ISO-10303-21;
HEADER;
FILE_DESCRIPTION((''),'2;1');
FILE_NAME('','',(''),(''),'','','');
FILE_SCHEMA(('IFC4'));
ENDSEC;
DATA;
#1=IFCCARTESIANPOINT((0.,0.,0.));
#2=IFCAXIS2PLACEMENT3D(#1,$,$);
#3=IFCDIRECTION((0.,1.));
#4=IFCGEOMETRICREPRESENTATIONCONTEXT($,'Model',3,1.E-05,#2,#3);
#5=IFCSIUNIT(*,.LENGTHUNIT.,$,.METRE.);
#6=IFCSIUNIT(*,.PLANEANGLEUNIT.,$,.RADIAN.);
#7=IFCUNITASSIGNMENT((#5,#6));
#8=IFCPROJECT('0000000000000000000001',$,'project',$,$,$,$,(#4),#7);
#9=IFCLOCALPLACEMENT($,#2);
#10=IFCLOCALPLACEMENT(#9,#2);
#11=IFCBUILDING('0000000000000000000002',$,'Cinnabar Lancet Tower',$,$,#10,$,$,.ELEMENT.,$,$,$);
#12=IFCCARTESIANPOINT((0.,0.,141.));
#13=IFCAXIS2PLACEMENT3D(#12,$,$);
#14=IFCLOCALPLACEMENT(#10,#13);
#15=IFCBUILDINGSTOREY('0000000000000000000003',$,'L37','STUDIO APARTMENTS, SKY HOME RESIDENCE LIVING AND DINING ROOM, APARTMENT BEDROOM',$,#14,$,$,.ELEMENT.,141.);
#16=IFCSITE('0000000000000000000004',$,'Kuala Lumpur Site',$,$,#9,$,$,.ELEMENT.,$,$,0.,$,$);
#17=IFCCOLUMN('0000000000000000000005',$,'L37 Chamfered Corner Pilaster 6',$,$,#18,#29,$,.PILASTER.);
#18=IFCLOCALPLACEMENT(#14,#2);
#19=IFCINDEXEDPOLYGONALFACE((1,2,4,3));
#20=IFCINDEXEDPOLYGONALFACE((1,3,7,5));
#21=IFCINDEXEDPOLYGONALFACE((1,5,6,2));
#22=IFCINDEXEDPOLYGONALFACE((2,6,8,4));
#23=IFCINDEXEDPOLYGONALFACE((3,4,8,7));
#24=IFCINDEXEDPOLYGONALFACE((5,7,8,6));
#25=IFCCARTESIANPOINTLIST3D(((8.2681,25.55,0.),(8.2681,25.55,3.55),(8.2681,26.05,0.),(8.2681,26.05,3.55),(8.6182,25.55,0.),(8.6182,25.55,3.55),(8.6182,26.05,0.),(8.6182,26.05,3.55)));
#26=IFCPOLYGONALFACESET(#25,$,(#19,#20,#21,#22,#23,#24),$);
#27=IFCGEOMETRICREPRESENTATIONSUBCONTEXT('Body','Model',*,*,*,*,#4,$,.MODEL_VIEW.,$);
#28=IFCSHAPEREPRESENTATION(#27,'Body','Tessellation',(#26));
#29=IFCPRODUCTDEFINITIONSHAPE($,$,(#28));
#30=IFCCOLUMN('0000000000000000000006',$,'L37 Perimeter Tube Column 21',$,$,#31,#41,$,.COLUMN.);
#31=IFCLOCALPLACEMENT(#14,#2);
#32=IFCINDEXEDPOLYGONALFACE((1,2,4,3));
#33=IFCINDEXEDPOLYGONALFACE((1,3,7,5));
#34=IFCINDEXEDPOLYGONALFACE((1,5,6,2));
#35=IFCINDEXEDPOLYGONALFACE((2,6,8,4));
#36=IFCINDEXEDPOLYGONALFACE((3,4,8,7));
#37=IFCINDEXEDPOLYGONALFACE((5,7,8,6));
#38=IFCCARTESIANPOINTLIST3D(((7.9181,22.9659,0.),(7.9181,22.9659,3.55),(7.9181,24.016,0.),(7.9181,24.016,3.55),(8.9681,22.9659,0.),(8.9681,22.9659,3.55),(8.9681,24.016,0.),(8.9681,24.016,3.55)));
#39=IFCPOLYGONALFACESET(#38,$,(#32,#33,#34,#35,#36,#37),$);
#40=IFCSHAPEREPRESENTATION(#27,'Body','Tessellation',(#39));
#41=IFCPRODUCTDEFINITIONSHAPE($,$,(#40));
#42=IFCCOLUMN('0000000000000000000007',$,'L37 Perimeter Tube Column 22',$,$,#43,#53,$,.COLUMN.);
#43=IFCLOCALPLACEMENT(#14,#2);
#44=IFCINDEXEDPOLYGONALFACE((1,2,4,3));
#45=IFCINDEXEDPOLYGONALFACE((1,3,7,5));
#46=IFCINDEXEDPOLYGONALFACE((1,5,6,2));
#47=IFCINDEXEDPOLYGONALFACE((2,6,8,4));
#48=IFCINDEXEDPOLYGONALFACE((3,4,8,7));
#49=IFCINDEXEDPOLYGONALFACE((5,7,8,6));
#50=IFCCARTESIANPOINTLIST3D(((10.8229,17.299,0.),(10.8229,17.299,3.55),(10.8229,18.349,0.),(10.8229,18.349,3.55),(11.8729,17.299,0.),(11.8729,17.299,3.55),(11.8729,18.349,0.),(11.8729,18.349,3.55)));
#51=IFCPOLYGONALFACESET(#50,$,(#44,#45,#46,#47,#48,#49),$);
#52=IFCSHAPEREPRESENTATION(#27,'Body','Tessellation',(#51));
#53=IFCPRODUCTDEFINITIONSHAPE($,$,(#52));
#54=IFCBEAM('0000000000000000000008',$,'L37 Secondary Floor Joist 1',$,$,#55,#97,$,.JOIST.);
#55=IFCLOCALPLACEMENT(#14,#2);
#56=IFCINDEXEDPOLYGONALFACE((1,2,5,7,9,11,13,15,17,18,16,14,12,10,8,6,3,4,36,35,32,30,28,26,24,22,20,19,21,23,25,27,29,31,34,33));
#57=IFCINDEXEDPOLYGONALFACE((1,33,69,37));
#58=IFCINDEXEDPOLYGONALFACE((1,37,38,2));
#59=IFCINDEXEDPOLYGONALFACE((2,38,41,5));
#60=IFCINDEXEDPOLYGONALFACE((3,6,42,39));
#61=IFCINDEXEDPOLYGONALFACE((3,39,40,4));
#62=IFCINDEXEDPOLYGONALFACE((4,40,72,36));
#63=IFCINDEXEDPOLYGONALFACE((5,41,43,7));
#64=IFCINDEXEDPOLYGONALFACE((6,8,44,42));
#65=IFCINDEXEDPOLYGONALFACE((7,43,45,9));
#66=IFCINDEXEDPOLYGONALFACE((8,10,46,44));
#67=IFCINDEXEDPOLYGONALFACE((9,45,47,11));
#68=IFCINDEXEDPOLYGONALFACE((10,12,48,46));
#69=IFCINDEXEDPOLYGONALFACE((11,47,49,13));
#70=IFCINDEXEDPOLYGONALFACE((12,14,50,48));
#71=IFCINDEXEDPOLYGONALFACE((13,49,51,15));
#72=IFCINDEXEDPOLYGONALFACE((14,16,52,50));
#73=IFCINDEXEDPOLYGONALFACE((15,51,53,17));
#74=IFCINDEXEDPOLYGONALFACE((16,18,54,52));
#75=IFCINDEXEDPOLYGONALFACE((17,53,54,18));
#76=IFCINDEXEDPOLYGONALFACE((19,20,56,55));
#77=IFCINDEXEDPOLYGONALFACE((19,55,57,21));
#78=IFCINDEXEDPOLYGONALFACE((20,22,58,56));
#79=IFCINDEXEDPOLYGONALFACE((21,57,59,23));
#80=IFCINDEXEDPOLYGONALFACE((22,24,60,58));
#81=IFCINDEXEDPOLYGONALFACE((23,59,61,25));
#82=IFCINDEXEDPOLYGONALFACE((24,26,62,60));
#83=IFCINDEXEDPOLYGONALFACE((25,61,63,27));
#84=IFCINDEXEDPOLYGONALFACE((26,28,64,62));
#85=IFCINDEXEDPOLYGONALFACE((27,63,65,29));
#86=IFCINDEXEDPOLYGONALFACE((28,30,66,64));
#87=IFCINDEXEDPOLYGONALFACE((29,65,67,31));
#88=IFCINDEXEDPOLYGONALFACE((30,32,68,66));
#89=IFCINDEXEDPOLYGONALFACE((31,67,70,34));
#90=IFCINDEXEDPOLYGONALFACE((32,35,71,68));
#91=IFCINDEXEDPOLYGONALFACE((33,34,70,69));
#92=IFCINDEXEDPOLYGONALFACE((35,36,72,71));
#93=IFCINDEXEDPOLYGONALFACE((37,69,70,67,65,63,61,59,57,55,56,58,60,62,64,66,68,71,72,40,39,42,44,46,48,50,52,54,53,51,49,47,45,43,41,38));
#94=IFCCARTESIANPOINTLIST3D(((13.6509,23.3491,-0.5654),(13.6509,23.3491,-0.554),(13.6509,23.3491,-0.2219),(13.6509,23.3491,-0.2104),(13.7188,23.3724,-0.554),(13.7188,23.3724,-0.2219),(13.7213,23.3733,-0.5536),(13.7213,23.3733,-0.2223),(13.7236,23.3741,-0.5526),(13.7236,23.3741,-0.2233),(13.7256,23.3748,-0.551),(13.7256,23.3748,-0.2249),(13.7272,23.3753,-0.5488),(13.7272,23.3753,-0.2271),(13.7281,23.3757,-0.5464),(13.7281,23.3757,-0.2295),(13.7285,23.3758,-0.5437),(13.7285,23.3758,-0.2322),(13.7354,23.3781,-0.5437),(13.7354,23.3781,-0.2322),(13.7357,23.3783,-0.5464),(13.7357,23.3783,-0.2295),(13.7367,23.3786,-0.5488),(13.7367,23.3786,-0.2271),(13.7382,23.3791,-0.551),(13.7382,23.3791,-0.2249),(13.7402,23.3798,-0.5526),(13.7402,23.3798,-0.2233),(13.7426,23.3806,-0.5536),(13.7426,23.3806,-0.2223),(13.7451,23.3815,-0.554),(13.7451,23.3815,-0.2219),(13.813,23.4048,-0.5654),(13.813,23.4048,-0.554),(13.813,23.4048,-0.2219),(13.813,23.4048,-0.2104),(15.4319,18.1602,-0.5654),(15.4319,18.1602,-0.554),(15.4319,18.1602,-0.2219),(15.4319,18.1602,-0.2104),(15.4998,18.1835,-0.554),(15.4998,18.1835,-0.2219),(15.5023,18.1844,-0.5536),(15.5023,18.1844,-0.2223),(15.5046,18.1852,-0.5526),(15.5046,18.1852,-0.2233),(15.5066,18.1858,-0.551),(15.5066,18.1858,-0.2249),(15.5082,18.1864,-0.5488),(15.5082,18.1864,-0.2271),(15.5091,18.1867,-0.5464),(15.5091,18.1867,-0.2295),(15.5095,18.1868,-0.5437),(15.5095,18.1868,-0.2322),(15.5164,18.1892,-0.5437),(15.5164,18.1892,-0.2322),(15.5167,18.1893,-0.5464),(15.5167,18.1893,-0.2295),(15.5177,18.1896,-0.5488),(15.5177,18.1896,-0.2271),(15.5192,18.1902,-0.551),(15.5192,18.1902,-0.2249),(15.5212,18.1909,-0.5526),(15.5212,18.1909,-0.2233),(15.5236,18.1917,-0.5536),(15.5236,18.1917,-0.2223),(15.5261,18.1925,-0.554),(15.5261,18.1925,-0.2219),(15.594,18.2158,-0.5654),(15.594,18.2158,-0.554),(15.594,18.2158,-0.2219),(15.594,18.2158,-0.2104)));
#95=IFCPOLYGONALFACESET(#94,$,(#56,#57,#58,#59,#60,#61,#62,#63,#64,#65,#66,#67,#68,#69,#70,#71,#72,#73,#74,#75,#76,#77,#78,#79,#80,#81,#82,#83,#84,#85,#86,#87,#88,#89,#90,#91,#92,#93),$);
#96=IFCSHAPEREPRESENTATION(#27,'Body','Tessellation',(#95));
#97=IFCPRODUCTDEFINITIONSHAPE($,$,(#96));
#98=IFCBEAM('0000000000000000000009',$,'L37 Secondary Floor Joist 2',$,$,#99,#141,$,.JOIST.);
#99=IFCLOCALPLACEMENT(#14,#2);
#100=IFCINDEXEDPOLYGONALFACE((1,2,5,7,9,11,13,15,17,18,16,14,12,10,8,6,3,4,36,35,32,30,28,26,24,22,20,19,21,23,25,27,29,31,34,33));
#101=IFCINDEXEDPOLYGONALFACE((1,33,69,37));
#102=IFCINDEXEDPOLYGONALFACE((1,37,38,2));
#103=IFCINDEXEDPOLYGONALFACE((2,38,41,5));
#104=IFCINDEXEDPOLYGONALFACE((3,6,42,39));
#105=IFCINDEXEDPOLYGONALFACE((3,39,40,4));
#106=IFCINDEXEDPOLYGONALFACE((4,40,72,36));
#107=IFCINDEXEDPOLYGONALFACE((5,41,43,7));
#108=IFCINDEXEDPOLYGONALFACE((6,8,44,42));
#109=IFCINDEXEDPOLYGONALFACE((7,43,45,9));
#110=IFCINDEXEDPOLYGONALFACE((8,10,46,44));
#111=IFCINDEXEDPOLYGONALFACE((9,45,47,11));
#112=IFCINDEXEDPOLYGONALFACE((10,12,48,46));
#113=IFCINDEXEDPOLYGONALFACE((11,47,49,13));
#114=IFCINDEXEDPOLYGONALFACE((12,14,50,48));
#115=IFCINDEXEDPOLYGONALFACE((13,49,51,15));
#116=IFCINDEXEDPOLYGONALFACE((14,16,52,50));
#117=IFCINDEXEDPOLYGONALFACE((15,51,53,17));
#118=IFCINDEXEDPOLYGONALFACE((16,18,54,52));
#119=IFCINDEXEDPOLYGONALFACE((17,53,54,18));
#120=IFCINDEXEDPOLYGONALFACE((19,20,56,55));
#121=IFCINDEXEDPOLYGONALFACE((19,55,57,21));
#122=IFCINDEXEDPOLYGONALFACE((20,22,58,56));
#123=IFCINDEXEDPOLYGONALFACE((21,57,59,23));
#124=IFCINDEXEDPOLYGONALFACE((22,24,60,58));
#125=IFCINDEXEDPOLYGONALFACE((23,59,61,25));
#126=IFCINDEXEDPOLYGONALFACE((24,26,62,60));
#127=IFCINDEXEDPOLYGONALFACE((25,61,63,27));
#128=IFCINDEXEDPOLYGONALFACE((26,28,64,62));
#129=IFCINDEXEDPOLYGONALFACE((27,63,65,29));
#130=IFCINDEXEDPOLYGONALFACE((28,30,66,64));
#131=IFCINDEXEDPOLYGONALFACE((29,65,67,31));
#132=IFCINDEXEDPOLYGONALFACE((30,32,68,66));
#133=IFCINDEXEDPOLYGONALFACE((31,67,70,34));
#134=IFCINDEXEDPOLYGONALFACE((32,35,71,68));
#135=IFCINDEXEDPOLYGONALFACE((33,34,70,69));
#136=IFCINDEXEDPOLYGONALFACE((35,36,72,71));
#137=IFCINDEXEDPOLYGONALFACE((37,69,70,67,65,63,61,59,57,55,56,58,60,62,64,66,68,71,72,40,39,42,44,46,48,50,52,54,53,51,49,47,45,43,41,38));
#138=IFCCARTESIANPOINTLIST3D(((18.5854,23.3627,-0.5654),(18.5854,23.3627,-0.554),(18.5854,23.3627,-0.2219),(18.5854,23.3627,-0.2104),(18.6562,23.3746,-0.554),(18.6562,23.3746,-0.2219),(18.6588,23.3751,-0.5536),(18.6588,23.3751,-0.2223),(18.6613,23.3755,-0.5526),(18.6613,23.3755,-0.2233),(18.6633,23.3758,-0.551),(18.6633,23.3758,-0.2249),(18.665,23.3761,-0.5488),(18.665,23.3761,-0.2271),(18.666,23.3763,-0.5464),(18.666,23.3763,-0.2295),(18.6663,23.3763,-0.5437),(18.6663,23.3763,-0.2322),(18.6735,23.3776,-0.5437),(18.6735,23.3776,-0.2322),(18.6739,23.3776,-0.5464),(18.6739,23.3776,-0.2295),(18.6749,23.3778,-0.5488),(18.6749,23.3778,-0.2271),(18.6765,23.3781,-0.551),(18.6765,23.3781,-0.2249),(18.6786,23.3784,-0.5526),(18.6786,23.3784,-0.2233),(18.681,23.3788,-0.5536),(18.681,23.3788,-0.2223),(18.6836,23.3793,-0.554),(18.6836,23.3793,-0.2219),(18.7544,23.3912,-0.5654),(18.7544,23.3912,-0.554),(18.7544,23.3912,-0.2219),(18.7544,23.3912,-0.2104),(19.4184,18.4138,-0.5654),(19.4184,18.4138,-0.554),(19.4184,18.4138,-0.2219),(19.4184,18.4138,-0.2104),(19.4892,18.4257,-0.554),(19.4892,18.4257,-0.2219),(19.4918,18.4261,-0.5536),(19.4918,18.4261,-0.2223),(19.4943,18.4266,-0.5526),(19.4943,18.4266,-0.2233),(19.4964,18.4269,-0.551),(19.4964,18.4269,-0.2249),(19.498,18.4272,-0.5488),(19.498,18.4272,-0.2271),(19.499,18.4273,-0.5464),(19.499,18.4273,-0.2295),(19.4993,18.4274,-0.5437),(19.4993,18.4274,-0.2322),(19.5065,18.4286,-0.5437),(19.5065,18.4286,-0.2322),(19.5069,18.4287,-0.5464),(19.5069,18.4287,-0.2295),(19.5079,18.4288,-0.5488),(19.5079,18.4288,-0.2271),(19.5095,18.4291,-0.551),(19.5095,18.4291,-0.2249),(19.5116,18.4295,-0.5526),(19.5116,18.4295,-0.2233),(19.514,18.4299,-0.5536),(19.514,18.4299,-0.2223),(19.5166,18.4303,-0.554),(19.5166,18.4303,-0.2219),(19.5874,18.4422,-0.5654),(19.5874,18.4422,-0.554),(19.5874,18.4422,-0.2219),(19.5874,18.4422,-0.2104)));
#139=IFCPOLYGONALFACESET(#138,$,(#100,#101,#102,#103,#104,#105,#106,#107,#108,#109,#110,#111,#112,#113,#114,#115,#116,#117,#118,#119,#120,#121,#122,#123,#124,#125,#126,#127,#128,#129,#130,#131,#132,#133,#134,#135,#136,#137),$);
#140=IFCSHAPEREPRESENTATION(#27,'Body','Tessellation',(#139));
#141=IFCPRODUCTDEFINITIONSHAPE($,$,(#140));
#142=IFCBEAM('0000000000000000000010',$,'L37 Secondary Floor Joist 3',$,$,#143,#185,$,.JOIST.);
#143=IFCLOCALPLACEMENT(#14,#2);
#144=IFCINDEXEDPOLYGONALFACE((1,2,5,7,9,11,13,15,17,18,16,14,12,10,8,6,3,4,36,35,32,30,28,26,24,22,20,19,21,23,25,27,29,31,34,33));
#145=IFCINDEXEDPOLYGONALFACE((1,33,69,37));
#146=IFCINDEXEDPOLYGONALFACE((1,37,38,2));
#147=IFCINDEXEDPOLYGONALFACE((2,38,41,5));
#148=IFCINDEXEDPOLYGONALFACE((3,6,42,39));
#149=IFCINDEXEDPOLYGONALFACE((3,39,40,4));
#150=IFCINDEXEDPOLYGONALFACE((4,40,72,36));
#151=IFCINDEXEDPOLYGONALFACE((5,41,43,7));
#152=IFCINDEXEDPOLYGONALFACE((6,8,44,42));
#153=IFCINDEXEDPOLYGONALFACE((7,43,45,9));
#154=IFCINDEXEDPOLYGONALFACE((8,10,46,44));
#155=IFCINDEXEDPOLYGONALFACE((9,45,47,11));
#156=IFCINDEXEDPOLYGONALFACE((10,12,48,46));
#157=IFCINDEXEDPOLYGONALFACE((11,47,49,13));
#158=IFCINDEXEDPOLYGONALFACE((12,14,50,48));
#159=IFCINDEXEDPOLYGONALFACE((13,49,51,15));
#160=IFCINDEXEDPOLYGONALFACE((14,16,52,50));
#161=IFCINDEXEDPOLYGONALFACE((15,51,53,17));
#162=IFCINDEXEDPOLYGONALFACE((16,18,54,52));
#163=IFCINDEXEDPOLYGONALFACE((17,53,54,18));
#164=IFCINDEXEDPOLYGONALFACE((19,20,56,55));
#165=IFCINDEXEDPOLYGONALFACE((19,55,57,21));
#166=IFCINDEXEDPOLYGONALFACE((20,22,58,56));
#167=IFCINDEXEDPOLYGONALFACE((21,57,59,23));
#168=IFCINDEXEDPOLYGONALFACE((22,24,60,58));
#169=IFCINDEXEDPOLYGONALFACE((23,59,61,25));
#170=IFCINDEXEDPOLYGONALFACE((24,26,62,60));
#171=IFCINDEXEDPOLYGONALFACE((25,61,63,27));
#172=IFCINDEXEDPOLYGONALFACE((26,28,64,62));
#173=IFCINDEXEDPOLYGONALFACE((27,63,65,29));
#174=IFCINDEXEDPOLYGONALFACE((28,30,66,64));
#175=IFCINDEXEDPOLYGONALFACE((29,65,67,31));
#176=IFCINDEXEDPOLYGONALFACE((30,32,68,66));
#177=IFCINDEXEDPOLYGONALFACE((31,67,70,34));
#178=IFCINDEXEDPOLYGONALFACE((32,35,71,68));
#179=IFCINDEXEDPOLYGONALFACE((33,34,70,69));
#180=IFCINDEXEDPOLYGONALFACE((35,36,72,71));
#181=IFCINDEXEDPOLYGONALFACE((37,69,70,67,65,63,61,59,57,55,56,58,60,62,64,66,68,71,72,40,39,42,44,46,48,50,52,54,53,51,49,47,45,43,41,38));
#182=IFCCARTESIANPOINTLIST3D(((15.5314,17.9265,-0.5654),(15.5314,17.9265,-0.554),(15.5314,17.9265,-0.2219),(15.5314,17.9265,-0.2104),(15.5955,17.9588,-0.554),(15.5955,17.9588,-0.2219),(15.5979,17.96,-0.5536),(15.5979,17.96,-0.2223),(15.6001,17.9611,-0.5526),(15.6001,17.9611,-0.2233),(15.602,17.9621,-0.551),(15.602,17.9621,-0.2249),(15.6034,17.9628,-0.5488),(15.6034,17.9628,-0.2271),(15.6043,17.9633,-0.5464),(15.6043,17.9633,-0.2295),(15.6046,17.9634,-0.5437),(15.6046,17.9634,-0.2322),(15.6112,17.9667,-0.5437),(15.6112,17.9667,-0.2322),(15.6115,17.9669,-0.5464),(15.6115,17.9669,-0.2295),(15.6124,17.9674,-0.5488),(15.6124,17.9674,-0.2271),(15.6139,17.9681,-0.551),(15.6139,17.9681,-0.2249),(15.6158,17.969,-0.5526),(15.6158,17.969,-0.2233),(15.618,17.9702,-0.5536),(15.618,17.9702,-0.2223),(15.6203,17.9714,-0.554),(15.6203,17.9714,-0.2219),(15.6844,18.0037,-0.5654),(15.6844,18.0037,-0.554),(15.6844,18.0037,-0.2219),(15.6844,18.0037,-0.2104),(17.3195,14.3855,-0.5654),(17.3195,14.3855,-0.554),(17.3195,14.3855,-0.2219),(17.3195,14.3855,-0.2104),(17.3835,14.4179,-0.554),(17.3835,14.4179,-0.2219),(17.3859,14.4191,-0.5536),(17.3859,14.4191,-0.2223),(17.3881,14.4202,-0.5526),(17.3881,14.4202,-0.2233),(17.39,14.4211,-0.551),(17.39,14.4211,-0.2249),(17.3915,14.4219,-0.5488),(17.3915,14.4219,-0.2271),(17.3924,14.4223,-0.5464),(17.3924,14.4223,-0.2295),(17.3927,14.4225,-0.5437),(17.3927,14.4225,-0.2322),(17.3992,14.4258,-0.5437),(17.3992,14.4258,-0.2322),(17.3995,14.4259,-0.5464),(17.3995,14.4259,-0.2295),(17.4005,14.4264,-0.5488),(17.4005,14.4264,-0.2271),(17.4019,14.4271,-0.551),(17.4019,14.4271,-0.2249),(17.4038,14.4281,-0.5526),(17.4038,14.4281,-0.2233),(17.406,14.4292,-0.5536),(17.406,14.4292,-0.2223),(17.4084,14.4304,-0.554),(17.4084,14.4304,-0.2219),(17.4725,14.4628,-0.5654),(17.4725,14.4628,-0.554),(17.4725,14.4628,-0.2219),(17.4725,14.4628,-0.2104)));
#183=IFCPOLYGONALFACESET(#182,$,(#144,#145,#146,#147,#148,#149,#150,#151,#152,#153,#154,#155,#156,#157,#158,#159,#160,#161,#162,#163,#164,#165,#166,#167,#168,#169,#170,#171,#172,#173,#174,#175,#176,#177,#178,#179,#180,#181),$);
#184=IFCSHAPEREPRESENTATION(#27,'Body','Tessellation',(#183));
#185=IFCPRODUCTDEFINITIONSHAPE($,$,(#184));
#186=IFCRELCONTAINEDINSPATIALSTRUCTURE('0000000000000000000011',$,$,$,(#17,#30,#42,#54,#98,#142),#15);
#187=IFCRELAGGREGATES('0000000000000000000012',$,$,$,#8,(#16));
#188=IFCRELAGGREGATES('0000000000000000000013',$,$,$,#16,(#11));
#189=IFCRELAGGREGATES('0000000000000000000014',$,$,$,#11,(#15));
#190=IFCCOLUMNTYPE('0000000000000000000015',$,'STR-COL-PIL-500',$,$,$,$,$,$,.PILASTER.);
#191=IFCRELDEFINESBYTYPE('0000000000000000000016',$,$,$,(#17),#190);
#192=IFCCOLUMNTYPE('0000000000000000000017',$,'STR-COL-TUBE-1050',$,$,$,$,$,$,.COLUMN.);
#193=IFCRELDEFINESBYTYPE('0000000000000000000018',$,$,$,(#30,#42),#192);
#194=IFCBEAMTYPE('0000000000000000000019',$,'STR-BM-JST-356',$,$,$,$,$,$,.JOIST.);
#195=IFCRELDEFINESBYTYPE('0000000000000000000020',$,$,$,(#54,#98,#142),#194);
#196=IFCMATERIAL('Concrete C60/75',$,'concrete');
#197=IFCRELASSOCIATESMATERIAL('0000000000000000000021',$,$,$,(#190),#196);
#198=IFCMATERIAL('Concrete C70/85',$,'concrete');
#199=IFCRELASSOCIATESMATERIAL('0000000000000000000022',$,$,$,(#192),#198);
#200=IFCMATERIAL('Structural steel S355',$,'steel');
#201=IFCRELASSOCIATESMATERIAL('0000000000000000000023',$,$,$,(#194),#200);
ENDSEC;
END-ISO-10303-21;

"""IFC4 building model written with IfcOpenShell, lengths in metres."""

from ifc_helpers import new_model, si_unit, direction, frame, origin, origin_2d, place, context, subcontext, project, spatial, rectangle, i_section, extrude, material, material_profile, profile_set, type_object, element, save


model = new_model("IFC4")

# Units and contexts
model_context = context("Model", 3, precision=1e-05, world=origin(), true_north=direction((0.0, 1.0)))
body_context = subcontext(model_context, "Body", "Model", "MODEL_VIEW")
ifc_project = project(units=[si_unit("LENGTHUNIT", "METRE"), si_unit("PLANEANGLEUNIT", "RADIAN")], contexts=[model_context])

# Site, building, storey
site_placement = place(None, origin())
site = spatial("IfcSite", under=ifc_project, at=site_placement, Name="Kuala Lumpur Site", CompositionType="ELEMENT", RefElevation=0.0)
building_placement = place(site_placement, origin())
building = spatial("IfcBuilding", under=site, at=building_placement, Name="Cinnabar Lancet Tower", CompositionType="ELEMENT")
storey_placement = place(building_placement, frame((0.0, 0.0, 141.0)))
storey = spatial("IfcBuildingStorey", under=building, at=storey_placement, Name="L37", Description="STUDIO APARTMENTS, SKY HOME RESIDENCE LIVING AND DINING ROOM, APARTMENT BEDROOM", CompositionType="ELEMENT", Elevation=141.0)

# Columns
ifc_material_1 = material(Name="Concrete C60/75", Category="concrete")
ifc_material_profile_1 = material_profile(ifc_material_1, rectangle(XDim=0.5, YDim=0.3501, at=origin_2d()), Name="RC-PIL 500x350")
ifc_profile_set_1 = profile_set([ifc_material_profile_1], Name="Concrete C60/75")
column_type_1 = type_object("IfcColumnType", Name="STR-COL-PIL-500", PredefinedType="PILASTER", material=ifc_profile_set_1)
column_placement = place(storey_placement, frame((8.4431, 25.8, 0.0), z_axis=(0.0, 0.0, 1.0), x_axis=(0.0, -1.0, 0.0)))
element("IfcColumn", 1, at=column_placement, inside=storey, type_object=column_type_1, Name="L37 Chamfered Corner Pilaster 6", PredefinedType="PILASTER", context=body_context, shape_type="SweptSolid", body=[
    extrude(rectangle(XDim=0.5, YDim=0.3501, at=origin_2d()), origin(), (0.0, 0.0, 1.0), 3.55),
])
ifc_material_2 = material(Name="Concrete C70/85", Category="concrete")
ifc_material_profile_2 = material_profile(ifc_material_2, rectangle(XDim=1.05, YDim=1.05, at=origin_2d()), Name="RC-COL 1050x1050")
ifc_profile_set_2 = profile_set([ifc_material_profile_2], Name="Concrete C70/85")
column_type_2 = type_object("IfcColumnType", Name="STR-COL-TUBE-1050", PredefinedType="COLUMN", material=ifc_profile_set_2)
for number, where, z_axis, x_axis, name in (
    (2, (8.4431, 23.491, 0.0), (0.0, 0.0, 1.0), (1.0, 0.0, 0.0), "L37 Perimeter Tube Column 21"),
    (3, (11.3479, 17.824, 0.0), (0.0, 0.0, 1.0), (1.0, 0.0, 0.0), "L37 Perimeter Tube Column 22"),
):
    element("IfcColumn", number, at=place(storey_placement, frame(where, z_axis=z_axis, x_axis=x_axis)), inside=storey, type_object=column_type_2, Name=name, PredefinedType="COLUMN", context=body_context, shape_type="SweptSolid", body=[
        extrude(rectangle(XDim=1.05, YDim=1.05, at=origin_2d()), origin(), (0.0, 0.0, 1.0), 3.55),
    ])

# Beams
ifc_material_3 = material(Name="Structural steel S355", Category="steel")
ifc_material_profile_3 = material_profile(ifc_material_3, i_section(OverallWidth=0.1714, OverallDepth=0.355, WebThickness=0.0073, FlangeThickness=0.0115, FilletRadius=0.0103, at=origin_2d()), Name="UKB 356x171x51")
ifc_profile_set_3 = profile_set([ifc_material_profile_3], Name="Structural steel S355")
beam_type_1 = type_object("IfcBeamType", Name="STR-BM-JST-356", PredefinedType="JOIST", material=ifc_profile_set_3)
beam_1_placement = place(storey_placement, frame((13.7319, 23.377, -0.3879), z_axis=(0.324639, -0.945838, 0.0), x_axis=(0.945838, 0.324639, 0.0)))
element("IfcBeam", 4, at=beam_1_placement, inside=storey, type_object=beam_type_1, Name="L37 Secondary Floor Joist 1", PredefinedType="JOIST", context=body_context, shape_type="SweptSolid", body=[
    extrude(i_section(OverallWidth=0.1714, OverallDepth=0.355, WebThickness=0.0073, FlangeThickness=0.0115, FilletRadius=0.0103, at=origin_2d()), origin(), (0.0, 0.0, 1.0), 5.4861),
])
beam_2_placement = place(storey_placement, frame((18.6699, 23.377, -0.3879), z_axis=(0.165984, -0.986128, 0.0), x_axis=(0.986128, 0.165984, 0.0)))
element("IfcBeam", 5, at=beam_2_placement, inside=storey, type_object=beam_type_1, Name="L37 Secondary Floor Joist 2", PredefinedType="JOIST", context=body_context, shape_type="SweptSolid", body=[
    extrude(i_section(OverallWidth=0.1714, OverallDepth=0.355, WebThickness=0.0073, FlangeThickness=0.0115, FilletRadius=0.0103, at=origin_2d()), origin(), (0.0, 0.0, 1.0), 5.0186),
])
beam_3_placement = place(storey_placement, frame((15.6079, 17.9651, -0.3879), z_axis=(0.450755, -0.892648, 0.0), x_axis=(0.892648, 0.450755, 0.0)))
element("IfcBeam", 6, at=beam_3_placement, inside=storey, type_object=beam_type_1, Name="L37 Secondary Floor Joist 3", PredefinedType="JOIST", context=body_context, shape_type="SweptSolid", body=[
    extrude(i_section(OverallWidth=0.1714, OverallDepth=0.355, WebThickness=0.0073, FlangeThickness=0.0115, FilletRadius=0.0103, at=origin_2d()), origin(), (0.0, 0.0, 1.0), 3.9668),
])

save(model, "model.ifc")
